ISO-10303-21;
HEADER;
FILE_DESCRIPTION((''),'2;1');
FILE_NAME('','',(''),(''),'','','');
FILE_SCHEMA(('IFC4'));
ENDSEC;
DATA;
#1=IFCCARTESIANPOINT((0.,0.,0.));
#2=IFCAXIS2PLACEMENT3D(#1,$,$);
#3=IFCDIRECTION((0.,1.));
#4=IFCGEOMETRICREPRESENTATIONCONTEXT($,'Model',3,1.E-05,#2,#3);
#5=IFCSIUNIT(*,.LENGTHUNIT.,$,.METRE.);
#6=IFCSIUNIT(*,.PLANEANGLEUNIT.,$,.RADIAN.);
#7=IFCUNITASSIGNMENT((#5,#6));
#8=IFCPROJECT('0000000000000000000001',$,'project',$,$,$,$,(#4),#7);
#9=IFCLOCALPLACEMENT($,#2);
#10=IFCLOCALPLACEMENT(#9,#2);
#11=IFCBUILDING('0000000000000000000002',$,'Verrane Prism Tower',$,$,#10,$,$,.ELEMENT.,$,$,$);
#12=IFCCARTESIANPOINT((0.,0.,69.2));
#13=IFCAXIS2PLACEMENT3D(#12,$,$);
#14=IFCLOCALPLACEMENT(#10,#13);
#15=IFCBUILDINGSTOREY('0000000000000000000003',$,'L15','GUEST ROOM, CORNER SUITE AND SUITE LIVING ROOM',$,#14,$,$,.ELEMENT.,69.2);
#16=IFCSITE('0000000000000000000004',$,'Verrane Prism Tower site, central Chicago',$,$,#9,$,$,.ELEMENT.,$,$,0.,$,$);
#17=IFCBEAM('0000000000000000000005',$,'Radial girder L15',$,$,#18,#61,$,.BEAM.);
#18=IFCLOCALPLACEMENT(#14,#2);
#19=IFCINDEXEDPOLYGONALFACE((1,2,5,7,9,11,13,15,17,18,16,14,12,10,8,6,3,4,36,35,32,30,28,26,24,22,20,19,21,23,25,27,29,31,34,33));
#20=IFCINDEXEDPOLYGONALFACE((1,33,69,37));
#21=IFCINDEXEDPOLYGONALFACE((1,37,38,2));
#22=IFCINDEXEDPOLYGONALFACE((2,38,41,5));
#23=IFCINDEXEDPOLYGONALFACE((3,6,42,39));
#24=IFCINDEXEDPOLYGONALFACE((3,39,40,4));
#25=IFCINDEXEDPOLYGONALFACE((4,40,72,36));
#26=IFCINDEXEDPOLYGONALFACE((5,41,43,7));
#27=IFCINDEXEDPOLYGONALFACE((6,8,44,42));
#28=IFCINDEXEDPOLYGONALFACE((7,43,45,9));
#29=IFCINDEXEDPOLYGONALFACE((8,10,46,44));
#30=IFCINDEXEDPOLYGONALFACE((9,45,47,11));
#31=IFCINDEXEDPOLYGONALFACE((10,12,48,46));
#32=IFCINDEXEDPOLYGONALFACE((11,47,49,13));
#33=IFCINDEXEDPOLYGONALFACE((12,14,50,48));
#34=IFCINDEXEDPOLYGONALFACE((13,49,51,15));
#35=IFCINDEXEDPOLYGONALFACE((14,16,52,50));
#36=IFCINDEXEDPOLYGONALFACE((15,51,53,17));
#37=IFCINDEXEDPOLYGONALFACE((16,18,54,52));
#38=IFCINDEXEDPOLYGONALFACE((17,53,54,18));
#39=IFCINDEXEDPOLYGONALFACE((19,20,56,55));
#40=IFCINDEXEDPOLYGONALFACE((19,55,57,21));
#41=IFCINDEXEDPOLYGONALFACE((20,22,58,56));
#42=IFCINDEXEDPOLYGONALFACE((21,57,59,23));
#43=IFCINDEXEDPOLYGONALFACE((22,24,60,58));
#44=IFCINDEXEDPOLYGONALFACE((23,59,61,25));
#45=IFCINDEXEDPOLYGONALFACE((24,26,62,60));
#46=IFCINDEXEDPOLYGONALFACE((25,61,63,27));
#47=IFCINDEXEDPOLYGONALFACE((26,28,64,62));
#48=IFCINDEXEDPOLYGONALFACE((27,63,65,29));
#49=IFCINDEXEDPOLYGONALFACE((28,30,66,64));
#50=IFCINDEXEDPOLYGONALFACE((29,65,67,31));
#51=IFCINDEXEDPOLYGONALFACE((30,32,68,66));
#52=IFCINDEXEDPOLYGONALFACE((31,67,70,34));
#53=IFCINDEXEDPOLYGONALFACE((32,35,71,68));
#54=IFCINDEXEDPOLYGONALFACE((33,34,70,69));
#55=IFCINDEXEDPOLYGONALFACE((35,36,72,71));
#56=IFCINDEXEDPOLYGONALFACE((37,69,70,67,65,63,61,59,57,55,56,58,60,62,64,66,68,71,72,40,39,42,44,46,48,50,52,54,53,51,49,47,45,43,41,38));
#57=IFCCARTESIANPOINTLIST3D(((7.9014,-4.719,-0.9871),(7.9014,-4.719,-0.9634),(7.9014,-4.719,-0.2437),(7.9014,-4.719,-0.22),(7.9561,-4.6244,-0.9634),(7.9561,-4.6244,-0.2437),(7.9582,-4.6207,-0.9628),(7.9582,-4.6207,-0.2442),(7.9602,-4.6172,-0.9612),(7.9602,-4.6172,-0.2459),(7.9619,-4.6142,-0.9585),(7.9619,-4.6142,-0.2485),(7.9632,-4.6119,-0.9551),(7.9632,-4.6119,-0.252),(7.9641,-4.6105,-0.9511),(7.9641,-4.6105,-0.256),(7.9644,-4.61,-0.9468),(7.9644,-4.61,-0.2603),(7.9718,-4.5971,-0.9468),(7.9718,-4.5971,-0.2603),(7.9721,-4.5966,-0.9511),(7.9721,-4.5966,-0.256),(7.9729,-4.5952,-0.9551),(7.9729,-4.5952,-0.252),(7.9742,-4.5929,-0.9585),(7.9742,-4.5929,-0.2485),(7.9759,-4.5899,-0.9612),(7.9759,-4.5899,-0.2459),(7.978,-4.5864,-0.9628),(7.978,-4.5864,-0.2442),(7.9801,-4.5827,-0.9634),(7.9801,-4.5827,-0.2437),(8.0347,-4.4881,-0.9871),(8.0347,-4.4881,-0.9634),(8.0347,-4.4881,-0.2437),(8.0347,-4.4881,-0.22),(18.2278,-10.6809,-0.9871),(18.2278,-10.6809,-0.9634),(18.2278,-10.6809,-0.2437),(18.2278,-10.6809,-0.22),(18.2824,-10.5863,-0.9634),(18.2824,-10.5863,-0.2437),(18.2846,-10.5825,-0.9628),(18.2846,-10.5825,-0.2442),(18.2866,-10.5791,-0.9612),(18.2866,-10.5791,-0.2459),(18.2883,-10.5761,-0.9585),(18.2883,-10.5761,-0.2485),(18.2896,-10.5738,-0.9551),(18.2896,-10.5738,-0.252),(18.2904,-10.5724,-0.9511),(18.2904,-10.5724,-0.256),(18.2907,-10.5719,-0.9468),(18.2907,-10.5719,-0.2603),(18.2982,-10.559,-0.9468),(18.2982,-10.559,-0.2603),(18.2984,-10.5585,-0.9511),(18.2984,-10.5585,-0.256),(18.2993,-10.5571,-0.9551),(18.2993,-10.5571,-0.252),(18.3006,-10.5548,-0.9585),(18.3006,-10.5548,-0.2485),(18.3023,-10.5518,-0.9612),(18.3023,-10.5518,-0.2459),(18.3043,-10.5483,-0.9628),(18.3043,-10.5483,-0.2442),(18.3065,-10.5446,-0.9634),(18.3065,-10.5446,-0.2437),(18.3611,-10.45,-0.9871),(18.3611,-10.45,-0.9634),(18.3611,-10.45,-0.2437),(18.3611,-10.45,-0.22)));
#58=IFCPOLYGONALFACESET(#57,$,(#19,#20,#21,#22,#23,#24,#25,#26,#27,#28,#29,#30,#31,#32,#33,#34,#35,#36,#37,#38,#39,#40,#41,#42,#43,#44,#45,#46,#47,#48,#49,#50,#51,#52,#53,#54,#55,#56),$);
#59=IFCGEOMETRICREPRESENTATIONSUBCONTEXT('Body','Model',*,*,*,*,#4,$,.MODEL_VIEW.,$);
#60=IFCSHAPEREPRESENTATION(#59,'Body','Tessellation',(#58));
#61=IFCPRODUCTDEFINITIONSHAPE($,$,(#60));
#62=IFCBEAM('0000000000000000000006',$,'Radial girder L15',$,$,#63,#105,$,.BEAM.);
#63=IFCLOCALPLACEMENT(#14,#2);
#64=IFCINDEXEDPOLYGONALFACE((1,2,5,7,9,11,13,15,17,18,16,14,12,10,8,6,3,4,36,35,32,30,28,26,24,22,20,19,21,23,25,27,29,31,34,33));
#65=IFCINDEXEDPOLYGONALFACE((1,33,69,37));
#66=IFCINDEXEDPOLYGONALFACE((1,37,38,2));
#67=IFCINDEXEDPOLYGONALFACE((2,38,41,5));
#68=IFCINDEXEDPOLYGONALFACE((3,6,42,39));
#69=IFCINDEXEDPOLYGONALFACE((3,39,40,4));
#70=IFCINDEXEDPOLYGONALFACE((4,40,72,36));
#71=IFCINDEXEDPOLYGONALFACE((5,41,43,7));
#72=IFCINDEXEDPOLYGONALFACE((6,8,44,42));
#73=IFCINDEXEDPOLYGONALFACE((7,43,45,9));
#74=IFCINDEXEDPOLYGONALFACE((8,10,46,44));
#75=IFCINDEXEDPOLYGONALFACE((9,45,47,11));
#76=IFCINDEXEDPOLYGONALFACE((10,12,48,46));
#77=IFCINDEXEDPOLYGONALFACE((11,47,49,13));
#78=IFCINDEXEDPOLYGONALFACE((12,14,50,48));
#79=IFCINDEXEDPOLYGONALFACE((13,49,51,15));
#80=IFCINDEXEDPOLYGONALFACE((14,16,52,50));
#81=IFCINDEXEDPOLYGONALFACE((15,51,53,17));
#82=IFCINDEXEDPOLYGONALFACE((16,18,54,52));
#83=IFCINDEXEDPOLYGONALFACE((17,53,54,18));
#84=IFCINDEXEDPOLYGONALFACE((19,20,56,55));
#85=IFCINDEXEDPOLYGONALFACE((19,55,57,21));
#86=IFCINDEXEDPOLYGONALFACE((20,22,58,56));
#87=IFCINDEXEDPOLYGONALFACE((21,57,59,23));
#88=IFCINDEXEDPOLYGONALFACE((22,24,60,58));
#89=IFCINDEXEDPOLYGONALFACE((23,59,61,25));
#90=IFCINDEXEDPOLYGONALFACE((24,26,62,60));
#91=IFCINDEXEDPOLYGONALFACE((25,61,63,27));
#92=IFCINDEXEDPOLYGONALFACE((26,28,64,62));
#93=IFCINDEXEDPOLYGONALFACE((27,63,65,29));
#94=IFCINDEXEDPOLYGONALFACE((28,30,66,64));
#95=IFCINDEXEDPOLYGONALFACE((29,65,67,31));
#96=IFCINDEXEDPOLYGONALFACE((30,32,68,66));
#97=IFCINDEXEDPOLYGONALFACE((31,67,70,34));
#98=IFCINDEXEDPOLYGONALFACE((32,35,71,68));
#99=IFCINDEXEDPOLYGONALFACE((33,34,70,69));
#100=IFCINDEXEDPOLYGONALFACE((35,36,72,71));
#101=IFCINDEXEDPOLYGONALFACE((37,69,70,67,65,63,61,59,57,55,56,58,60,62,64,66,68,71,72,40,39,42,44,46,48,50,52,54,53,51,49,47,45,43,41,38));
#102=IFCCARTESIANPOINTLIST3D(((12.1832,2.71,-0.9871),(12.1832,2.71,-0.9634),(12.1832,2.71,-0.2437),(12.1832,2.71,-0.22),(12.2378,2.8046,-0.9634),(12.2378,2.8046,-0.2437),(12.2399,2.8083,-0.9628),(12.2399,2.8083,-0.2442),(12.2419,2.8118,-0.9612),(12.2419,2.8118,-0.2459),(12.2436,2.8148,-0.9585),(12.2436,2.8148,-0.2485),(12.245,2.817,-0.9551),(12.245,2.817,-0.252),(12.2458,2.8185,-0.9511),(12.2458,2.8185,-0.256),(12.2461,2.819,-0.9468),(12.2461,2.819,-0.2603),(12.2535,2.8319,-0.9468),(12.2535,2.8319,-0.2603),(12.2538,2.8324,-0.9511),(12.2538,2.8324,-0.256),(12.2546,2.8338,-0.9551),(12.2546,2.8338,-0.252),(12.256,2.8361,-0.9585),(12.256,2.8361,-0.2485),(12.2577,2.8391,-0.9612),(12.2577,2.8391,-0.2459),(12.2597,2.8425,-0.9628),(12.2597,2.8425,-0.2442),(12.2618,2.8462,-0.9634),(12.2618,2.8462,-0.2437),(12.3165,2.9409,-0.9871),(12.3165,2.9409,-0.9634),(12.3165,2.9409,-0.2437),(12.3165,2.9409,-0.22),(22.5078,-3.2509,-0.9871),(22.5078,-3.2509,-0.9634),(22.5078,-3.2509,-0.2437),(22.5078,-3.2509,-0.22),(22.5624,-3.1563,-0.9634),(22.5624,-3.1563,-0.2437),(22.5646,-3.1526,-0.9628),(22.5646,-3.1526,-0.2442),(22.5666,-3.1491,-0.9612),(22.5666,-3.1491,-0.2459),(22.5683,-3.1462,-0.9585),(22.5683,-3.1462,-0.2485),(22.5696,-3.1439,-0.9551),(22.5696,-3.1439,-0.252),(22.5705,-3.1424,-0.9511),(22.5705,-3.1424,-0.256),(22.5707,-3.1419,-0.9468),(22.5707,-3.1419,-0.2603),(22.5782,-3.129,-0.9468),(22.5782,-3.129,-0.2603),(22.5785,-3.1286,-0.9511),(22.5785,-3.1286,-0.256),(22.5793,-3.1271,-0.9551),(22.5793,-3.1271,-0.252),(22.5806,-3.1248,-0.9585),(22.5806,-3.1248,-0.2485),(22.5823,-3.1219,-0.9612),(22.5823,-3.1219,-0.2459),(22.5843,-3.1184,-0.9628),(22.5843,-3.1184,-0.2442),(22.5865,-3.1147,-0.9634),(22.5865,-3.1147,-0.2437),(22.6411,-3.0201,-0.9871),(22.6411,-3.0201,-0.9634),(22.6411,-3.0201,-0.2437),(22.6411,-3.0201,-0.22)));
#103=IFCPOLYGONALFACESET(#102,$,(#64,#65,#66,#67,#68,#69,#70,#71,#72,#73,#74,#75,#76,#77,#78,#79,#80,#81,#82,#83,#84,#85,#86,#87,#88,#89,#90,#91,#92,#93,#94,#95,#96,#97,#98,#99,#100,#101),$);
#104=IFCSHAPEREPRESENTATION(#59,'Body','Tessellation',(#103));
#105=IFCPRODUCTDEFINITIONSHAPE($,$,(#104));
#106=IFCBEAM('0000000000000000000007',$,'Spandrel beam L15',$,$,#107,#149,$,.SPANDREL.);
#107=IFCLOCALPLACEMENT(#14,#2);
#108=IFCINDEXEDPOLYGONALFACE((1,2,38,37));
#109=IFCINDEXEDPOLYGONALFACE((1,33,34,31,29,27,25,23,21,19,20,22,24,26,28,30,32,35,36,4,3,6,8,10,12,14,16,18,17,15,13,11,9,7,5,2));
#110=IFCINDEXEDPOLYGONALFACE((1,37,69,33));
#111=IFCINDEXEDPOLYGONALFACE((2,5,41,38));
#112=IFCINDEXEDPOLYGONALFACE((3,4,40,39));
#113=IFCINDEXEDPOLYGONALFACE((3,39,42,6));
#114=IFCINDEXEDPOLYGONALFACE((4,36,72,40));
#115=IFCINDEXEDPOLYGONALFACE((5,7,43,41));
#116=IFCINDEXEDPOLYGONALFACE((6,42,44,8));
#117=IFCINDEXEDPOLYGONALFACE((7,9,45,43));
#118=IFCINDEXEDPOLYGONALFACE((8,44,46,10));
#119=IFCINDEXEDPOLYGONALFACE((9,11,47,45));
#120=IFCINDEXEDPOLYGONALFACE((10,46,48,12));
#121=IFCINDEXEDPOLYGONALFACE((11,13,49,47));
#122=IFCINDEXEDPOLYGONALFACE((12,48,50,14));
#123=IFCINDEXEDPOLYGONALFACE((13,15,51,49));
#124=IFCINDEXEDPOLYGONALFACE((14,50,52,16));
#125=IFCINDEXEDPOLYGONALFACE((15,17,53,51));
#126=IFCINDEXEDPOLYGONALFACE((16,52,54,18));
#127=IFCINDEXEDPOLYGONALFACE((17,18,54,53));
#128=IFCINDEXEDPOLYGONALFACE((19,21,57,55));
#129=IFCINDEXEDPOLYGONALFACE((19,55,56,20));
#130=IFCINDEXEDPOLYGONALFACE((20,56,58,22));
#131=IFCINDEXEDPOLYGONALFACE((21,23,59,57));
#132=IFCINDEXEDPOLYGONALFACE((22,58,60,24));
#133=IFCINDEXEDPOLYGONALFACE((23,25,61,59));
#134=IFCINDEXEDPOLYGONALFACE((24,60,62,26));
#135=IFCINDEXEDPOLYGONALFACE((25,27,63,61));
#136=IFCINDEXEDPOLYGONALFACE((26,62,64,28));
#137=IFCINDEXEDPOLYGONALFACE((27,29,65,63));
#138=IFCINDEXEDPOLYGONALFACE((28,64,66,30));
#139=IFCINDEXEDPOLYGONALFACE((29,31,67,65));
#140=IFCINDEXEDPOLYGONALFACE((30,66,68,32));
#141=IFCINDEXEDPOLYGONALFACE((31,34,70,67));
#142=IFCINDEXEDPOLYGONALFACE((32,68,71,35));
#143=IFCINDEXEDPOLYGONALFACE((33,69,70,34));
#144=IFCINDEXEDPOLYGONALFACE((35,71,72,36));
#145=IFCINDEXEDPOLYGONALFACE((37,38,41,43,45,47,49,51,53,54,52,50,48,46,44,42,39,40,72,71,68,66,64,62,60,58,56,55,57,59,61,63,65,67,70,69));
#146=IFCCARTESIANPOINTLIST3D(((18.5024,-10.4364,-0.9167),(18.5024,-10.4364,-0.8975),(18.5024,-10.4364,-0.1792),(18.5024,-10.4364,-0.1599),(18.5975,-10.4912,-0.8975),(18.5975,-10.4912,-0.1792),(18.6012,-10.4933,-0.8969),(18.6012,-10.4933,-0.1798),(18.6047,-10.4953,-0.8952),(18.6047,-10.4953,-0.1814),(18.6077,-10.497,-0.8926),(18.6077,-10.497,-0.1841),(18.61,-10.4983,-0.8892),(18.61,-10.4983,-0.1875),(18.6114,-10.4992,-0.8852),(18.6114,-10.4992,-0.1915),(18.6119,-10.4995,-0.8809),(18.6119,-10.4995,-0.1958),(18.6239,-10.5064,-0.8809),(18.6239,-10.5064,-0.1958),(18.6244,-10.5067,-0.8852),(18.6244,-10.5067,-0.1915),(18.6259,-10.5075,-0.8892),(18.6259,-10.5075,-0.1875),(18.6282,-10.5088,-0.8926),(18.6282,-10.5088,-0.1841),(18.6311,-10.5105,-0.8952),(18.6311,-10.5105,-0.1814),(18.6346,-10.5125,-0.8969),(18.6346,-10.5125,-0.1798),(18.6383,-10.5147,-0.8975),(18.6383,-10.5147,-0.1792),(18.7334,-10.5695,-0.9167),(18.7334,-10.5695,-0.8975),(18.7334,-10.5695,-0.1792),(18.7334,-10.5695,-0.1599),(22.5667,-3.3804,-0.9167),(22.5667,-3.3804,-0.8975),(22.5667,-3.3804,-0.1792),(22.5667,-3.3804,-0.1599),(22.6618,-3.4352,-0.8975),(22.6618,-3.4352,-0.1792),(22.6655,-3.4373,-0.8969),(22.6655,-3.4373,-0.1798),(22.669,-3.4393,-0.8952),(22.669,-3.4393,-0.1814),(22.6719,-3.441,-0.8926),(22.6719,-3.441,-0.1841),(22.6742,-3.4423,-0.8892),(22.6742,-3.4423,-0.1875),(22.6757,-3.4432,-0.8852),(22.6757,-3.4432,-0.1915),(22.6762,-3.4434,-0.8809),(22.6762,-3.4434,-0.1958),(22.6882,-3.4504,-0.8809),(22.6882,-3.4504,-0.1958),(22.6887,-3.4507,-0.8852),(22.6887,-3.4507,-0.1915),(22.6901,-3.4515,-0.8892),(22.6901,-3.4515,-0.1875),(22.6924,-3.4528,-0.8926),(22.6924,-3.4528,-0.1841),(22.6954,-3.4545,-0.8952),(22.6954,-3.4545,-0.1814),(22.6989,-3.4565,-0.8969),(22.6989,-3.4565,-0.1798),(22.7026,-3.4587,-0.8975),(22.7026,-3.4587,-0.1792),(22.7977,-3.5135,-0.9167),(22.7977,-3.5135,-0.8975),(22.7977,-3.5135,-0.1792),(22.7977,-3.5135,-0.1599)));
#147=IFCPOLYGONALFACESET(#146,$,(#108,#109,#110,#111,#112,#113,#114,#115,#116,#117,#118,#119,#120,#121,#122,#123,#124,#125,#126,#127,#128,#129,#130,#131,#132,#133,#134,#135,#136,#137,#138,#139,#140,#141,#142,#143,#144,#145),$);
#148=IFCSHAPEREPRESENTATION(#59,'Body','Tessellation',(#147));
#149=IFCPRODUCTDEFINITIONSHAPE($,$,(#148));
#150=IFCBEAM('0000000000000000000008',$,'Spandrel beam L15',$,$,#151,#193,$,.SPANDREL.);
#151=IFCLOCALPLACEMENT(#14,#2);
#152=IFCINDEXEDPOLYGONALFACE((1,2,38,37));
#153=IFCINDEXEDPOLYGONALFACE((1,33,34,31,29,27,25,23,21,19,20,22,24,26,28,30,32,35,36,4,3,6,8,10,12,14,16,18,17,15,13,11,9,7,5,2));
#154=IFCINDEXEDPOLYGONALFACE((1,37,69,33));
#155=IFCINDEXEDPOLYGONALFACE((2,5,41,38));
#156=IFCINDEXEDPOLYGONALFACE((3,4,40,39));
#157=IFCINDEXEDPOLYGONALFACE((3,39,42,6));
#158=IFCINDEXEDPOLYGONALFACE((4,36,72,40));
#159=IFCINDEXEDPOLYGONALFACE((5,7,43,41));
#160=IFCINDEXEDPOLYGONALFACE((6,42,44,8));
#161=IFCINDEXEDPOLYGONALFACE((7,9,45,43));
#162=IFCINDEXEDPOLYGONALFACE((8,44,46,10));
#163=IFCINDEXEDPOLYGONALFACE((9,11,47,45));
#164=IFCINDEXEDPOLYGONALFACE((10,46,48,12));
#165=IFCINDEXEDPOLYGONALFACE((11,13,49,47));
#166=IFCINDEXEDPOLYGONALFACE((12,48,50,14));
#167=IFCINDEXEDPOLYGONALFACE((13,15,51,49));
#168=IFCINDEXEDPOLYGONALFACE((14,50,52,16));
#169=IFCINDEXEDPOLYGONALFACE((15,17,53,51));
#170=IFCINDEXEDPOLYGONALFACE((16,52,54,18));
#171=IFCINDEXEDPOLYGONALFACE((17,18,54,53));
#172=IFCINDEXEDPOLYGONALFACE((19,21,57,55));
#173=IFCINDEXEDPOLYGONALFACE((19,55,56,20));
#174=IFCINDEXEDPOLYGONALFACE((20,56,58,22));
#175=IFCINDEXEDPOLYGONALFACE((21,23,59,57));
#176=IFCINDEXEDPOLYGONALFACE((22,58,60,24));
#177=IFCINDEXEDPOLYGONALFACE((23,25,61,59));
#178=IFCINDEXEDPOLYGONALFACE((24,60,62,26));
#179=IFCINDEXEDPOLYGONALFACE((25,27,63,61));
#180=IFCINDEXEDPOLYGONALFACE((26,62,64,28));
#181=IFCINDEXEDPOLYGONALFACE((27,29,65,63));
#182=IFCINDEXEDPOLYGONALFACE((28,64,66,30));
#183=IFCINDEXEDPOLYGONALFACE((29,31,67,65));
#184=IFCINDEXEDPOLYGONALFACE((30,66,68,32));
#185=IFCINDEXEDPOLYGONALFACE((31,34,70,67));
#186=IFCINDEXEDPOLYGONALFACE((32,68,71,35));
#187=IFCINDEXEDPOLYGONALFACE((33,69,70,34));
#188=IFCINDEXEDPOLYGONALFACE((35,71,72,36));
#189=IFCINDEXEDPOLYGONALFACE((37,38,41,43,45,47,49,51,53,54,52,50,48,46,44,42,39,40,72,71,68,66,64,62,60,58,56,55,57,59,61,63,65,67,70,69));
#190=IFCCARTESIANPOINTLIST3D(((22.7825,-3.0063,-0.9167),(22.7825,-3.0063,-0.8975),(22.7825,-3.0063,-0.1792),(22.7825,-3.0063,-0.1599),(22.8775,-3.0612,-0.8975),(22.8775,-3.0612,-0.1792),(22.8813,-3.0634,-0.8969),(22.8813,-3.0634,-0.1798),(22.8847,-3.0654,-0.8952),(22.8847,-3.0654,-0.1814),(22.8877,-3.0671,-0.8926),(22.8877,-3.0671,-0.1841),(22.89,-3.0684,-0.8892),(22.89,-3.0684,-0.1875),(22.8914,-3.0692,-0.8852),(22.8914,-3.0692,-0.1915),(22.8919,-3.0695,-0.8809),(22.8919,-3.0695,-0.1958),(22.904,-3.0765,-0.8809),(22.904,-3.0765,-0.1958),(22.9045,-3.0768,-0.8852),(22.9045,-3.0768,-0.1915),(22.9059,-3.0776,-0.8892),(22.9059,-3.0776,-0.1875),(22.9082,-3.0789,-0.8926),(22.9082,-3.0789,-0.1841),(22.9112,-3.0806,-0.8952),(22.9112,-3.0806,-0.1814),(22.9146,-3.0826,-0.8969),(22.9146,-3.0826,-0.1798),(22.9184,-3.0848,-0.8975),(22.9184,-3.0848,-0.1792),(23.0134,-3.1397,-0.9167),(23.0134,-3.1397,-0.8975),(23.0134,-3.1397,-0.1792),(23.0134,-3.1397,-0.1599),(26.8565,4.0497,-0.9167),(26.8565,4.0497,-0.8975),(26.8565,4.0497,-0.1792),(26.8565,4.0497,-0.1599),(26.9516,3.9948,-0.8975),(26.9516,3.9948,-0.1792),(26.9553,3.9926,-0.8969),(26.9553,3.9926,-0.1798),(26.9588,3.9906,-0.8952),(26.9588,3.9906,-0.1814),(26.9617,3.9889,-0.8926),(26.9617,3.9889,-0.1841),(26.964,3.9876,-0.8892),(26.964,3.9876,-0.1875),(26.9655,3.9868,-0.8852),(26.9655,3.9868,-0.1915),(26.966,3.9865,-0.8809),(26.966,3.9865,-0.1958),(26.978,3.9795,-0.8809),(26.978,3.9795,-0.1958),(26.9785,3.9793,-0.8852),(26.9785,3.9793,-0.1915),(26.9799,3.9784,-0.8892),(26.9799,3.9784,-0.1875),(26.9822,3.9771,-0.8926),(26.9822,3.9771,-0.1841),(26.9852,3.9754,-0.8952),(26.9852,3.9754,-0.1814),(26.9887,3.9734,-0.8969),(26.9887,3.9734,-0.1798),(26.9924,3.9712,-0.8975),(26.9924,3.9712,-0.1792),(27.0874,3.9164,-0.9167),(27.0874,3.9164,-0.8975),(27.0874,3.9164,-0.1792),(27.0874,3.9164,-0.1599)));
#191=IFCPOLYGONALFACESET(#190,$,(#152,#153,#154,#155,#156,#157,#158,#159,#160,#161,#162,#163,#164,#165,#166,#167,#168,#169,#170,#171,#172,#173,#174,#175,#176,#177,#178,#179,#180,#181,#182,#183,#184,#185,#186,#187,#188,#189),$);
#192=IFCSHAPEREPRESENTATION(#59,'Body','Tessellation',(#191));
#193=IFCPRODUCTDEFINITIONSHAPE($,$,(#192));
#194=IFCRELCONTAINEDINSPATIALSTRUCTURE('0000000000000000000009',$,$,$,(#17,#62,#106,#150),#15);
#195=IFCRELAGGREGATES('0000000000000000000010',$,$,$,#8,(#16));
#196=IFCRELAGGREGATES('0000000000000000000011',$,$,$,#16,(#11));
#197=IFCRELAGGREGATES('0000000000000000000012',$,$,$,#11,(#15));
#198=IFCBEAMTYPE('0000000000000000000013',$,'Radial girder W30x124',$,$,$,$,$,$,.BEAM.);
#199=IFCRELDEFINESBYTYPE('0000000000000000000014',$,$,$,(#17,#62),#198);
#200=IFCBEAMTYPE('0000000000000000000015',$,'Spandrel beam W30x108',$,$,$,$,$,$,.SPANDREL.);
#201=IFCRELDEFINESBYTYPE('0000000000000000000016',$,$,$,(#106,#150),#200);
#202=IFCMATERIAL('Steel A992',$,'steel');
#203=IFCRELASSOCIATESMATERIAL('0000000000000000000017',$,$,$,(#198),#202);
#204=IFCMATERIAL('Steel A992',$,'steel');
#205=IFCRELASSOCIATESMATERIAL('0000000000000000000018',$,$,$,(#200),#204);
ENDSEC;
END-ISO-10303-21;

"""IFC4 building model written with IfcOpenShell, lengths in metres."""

from ifc_helpers import new_model, si_unit, direction, frame, origin, origin_2d, place, context, subcontext, project, spatial, i_section, extrude, material, material_profile, profile_set, type_object, element, save


model = new_model("IFC4")

# Units and contexts
model_context = context("Model", 3, precision=1e-05, world=origin(), true_north=direction((0.0, 1.0)))
body_context = subcontext(model_context, "Body", "Model", "MODEL_VIEW")
ifc_project = project(units=[si_unit("LENGTHUNIT", "METRE"), si_unit("PLANEANGLEUNIT", "RADIAN")], contexts=[model_context])

# Site, building, storey
site_placement = place(None, origin())
site = spatial("IfcSite", under=ifc_project, at=site_placement, Name="Verrane Prism Tower site, central Chicago", CompositionType="ELEMENT", RefElevation=0.0)
building_placement = place(site_placement, origin())
building = spatial("IfcBuilding", under=site, at=building_placement, Name="Verrane Prism Tower", CompositionType="ELEMENT")
storey_placement = place(building_placement, frame((0.0, 0.0, 69.2)))
storey = spatial("IfcBuildingStorey", under=building, at=storey_placement, Name="L15", Description="GUEST ROOM, CORNER SUITE AND SUITE LIVING ROOM", CompositionType="ELEMENT", Elevation=69.2)

# Beams
ifc_material_1 = material(Name="Steel A992", Category="steel")
ifc_material_profile_1 = material_profile(ifc_material_1, i_section(OverallWidth=0.2666, OverallDepth=0.7671, WebThickness=0.0149, FlangeThickness=0.0237, FilletRadius=0.0166, at=origin_2d()), Name="W30x124")
ifc_profile_set_1 = profile_set([ifc_material_profile_1], Name="Steel A992")
beam_type_1 = type_object("IfcBeamType", Name="Radial girder W30x124", PredefinedType="BEAM", material=ifc_profile_set_1)
beam_1_placement = place(storey_placement, frame((18.2944, -10.5654, -0.6035), z_axis=(-0.866027, 0.499997, 0.0), x_axis=(-0.499997, -0.866027, 0.0)))
element("IfcBeam", 1, at=beam_1_placement, inside=storey, type_object=beam_type_1, Name="Radial girder L15", PredefinedType="BEAM", context=body_context, shape_type="SweptSolid", body=[
    extrude(i_section(OverallWidth=0.2666, OverallDepth=0.7671, WebThickness=0.0149, FlangeThickness=0.0237, FilletRadius=0.0166, at=origin_2d()), origin(), (0.0, 0.0, 1.0), 11.9238),
])
beam_2_placement = place(storey_placement, frame((22.5745, -3.1355, -0.6035), z_axis=(-0.866027, 0.499998, 0.0), x_axis=(-0.499998, -0.866027, 0.0)))
element("IfcBeam", 2, at=beam_2_placement, inside=storey, type_object=beam_type_1, Name="Radial girder L15", PredefinedType="BEAM", context=body_context, shape_type="SweptSolid", body=[
    extrude(i_section(OverallWidth=0.2666, OverallDepth=0.7671, WebThickness=0.0149, FlangeThickness=0.0237, FilletRadius=0.0166, at=origin_2d()), origin(), (0.0, 0.0, 1.0), 11.9219),
])
ifc_material_2 = material(Name="Steel A992", Category="steel")
ifc_material_profile_2 = material_profile(ifc_material_2, i_section(OverallWidth=0.2666, OverallDepth=0.7568, WebThickness=0.0139, FlangeThickness=0.0193, FilletRadius=0.0166, at=origin_2d()), Name="W30x108")
ifc_profile_set_2 = profile_set([ifc_material_profile_2], Name="Steel A992")
beam_type_2 = type_object("IfcBeamType", Name="Spandrel beam W30x108", PredefinedType="SPANDREL", material=ifc_profile_set_2)
beam_3_placement = place(storey_placement, frame((18.6179, -10.5029, -0.5383), z_axis=(0.499123, 0.866531, 0.0), x_axis=(-0.866531, 0.499123, 0.0)))
element("IfcBeam", 3, at=beam_3_placement, inside=storey, type_object=beam_type_2, Name="Spandrel beam L15", PredefinedType="SPANDREL", context=body_context, shape_type="SweptSolid", body=[
    extrude(i_section(OverallWidth=0.2666, OverallDepth=0.7568, WebThickness=0.0139, FlangeThickness=0.0193, FilletRadius=0.0166, at=origin_2d()), origin(), (0.0, 0.0, 1.0), 8.1428),
])
beam_4_placement = place(storey_placement, frame((22.8979, -3.073, -0.5383), z_axis=(0.500022, 0.866012, 0.0), x_axis=(-0.866012, 0.500022, 0.0)))
element("IfcBeam", 4, at=beam_4_placement, inside=storey, type_object=beam_type_2, Name="Spandrel beam L15", PredefinedType="SPANDREL", context=body_context, shape_type="SweptSolid", body=[
    extrude(i_section(OverallWidth=0.2666, OverallDepth=0.7568, WebThickness=0.0139, FlangeThickness=0.0193, FilletRadius=0.0166, at=origin_2d()), origin(), (0.0, 0.0, 1.0), 8.1477),
])

save(model, "model.ifc")
